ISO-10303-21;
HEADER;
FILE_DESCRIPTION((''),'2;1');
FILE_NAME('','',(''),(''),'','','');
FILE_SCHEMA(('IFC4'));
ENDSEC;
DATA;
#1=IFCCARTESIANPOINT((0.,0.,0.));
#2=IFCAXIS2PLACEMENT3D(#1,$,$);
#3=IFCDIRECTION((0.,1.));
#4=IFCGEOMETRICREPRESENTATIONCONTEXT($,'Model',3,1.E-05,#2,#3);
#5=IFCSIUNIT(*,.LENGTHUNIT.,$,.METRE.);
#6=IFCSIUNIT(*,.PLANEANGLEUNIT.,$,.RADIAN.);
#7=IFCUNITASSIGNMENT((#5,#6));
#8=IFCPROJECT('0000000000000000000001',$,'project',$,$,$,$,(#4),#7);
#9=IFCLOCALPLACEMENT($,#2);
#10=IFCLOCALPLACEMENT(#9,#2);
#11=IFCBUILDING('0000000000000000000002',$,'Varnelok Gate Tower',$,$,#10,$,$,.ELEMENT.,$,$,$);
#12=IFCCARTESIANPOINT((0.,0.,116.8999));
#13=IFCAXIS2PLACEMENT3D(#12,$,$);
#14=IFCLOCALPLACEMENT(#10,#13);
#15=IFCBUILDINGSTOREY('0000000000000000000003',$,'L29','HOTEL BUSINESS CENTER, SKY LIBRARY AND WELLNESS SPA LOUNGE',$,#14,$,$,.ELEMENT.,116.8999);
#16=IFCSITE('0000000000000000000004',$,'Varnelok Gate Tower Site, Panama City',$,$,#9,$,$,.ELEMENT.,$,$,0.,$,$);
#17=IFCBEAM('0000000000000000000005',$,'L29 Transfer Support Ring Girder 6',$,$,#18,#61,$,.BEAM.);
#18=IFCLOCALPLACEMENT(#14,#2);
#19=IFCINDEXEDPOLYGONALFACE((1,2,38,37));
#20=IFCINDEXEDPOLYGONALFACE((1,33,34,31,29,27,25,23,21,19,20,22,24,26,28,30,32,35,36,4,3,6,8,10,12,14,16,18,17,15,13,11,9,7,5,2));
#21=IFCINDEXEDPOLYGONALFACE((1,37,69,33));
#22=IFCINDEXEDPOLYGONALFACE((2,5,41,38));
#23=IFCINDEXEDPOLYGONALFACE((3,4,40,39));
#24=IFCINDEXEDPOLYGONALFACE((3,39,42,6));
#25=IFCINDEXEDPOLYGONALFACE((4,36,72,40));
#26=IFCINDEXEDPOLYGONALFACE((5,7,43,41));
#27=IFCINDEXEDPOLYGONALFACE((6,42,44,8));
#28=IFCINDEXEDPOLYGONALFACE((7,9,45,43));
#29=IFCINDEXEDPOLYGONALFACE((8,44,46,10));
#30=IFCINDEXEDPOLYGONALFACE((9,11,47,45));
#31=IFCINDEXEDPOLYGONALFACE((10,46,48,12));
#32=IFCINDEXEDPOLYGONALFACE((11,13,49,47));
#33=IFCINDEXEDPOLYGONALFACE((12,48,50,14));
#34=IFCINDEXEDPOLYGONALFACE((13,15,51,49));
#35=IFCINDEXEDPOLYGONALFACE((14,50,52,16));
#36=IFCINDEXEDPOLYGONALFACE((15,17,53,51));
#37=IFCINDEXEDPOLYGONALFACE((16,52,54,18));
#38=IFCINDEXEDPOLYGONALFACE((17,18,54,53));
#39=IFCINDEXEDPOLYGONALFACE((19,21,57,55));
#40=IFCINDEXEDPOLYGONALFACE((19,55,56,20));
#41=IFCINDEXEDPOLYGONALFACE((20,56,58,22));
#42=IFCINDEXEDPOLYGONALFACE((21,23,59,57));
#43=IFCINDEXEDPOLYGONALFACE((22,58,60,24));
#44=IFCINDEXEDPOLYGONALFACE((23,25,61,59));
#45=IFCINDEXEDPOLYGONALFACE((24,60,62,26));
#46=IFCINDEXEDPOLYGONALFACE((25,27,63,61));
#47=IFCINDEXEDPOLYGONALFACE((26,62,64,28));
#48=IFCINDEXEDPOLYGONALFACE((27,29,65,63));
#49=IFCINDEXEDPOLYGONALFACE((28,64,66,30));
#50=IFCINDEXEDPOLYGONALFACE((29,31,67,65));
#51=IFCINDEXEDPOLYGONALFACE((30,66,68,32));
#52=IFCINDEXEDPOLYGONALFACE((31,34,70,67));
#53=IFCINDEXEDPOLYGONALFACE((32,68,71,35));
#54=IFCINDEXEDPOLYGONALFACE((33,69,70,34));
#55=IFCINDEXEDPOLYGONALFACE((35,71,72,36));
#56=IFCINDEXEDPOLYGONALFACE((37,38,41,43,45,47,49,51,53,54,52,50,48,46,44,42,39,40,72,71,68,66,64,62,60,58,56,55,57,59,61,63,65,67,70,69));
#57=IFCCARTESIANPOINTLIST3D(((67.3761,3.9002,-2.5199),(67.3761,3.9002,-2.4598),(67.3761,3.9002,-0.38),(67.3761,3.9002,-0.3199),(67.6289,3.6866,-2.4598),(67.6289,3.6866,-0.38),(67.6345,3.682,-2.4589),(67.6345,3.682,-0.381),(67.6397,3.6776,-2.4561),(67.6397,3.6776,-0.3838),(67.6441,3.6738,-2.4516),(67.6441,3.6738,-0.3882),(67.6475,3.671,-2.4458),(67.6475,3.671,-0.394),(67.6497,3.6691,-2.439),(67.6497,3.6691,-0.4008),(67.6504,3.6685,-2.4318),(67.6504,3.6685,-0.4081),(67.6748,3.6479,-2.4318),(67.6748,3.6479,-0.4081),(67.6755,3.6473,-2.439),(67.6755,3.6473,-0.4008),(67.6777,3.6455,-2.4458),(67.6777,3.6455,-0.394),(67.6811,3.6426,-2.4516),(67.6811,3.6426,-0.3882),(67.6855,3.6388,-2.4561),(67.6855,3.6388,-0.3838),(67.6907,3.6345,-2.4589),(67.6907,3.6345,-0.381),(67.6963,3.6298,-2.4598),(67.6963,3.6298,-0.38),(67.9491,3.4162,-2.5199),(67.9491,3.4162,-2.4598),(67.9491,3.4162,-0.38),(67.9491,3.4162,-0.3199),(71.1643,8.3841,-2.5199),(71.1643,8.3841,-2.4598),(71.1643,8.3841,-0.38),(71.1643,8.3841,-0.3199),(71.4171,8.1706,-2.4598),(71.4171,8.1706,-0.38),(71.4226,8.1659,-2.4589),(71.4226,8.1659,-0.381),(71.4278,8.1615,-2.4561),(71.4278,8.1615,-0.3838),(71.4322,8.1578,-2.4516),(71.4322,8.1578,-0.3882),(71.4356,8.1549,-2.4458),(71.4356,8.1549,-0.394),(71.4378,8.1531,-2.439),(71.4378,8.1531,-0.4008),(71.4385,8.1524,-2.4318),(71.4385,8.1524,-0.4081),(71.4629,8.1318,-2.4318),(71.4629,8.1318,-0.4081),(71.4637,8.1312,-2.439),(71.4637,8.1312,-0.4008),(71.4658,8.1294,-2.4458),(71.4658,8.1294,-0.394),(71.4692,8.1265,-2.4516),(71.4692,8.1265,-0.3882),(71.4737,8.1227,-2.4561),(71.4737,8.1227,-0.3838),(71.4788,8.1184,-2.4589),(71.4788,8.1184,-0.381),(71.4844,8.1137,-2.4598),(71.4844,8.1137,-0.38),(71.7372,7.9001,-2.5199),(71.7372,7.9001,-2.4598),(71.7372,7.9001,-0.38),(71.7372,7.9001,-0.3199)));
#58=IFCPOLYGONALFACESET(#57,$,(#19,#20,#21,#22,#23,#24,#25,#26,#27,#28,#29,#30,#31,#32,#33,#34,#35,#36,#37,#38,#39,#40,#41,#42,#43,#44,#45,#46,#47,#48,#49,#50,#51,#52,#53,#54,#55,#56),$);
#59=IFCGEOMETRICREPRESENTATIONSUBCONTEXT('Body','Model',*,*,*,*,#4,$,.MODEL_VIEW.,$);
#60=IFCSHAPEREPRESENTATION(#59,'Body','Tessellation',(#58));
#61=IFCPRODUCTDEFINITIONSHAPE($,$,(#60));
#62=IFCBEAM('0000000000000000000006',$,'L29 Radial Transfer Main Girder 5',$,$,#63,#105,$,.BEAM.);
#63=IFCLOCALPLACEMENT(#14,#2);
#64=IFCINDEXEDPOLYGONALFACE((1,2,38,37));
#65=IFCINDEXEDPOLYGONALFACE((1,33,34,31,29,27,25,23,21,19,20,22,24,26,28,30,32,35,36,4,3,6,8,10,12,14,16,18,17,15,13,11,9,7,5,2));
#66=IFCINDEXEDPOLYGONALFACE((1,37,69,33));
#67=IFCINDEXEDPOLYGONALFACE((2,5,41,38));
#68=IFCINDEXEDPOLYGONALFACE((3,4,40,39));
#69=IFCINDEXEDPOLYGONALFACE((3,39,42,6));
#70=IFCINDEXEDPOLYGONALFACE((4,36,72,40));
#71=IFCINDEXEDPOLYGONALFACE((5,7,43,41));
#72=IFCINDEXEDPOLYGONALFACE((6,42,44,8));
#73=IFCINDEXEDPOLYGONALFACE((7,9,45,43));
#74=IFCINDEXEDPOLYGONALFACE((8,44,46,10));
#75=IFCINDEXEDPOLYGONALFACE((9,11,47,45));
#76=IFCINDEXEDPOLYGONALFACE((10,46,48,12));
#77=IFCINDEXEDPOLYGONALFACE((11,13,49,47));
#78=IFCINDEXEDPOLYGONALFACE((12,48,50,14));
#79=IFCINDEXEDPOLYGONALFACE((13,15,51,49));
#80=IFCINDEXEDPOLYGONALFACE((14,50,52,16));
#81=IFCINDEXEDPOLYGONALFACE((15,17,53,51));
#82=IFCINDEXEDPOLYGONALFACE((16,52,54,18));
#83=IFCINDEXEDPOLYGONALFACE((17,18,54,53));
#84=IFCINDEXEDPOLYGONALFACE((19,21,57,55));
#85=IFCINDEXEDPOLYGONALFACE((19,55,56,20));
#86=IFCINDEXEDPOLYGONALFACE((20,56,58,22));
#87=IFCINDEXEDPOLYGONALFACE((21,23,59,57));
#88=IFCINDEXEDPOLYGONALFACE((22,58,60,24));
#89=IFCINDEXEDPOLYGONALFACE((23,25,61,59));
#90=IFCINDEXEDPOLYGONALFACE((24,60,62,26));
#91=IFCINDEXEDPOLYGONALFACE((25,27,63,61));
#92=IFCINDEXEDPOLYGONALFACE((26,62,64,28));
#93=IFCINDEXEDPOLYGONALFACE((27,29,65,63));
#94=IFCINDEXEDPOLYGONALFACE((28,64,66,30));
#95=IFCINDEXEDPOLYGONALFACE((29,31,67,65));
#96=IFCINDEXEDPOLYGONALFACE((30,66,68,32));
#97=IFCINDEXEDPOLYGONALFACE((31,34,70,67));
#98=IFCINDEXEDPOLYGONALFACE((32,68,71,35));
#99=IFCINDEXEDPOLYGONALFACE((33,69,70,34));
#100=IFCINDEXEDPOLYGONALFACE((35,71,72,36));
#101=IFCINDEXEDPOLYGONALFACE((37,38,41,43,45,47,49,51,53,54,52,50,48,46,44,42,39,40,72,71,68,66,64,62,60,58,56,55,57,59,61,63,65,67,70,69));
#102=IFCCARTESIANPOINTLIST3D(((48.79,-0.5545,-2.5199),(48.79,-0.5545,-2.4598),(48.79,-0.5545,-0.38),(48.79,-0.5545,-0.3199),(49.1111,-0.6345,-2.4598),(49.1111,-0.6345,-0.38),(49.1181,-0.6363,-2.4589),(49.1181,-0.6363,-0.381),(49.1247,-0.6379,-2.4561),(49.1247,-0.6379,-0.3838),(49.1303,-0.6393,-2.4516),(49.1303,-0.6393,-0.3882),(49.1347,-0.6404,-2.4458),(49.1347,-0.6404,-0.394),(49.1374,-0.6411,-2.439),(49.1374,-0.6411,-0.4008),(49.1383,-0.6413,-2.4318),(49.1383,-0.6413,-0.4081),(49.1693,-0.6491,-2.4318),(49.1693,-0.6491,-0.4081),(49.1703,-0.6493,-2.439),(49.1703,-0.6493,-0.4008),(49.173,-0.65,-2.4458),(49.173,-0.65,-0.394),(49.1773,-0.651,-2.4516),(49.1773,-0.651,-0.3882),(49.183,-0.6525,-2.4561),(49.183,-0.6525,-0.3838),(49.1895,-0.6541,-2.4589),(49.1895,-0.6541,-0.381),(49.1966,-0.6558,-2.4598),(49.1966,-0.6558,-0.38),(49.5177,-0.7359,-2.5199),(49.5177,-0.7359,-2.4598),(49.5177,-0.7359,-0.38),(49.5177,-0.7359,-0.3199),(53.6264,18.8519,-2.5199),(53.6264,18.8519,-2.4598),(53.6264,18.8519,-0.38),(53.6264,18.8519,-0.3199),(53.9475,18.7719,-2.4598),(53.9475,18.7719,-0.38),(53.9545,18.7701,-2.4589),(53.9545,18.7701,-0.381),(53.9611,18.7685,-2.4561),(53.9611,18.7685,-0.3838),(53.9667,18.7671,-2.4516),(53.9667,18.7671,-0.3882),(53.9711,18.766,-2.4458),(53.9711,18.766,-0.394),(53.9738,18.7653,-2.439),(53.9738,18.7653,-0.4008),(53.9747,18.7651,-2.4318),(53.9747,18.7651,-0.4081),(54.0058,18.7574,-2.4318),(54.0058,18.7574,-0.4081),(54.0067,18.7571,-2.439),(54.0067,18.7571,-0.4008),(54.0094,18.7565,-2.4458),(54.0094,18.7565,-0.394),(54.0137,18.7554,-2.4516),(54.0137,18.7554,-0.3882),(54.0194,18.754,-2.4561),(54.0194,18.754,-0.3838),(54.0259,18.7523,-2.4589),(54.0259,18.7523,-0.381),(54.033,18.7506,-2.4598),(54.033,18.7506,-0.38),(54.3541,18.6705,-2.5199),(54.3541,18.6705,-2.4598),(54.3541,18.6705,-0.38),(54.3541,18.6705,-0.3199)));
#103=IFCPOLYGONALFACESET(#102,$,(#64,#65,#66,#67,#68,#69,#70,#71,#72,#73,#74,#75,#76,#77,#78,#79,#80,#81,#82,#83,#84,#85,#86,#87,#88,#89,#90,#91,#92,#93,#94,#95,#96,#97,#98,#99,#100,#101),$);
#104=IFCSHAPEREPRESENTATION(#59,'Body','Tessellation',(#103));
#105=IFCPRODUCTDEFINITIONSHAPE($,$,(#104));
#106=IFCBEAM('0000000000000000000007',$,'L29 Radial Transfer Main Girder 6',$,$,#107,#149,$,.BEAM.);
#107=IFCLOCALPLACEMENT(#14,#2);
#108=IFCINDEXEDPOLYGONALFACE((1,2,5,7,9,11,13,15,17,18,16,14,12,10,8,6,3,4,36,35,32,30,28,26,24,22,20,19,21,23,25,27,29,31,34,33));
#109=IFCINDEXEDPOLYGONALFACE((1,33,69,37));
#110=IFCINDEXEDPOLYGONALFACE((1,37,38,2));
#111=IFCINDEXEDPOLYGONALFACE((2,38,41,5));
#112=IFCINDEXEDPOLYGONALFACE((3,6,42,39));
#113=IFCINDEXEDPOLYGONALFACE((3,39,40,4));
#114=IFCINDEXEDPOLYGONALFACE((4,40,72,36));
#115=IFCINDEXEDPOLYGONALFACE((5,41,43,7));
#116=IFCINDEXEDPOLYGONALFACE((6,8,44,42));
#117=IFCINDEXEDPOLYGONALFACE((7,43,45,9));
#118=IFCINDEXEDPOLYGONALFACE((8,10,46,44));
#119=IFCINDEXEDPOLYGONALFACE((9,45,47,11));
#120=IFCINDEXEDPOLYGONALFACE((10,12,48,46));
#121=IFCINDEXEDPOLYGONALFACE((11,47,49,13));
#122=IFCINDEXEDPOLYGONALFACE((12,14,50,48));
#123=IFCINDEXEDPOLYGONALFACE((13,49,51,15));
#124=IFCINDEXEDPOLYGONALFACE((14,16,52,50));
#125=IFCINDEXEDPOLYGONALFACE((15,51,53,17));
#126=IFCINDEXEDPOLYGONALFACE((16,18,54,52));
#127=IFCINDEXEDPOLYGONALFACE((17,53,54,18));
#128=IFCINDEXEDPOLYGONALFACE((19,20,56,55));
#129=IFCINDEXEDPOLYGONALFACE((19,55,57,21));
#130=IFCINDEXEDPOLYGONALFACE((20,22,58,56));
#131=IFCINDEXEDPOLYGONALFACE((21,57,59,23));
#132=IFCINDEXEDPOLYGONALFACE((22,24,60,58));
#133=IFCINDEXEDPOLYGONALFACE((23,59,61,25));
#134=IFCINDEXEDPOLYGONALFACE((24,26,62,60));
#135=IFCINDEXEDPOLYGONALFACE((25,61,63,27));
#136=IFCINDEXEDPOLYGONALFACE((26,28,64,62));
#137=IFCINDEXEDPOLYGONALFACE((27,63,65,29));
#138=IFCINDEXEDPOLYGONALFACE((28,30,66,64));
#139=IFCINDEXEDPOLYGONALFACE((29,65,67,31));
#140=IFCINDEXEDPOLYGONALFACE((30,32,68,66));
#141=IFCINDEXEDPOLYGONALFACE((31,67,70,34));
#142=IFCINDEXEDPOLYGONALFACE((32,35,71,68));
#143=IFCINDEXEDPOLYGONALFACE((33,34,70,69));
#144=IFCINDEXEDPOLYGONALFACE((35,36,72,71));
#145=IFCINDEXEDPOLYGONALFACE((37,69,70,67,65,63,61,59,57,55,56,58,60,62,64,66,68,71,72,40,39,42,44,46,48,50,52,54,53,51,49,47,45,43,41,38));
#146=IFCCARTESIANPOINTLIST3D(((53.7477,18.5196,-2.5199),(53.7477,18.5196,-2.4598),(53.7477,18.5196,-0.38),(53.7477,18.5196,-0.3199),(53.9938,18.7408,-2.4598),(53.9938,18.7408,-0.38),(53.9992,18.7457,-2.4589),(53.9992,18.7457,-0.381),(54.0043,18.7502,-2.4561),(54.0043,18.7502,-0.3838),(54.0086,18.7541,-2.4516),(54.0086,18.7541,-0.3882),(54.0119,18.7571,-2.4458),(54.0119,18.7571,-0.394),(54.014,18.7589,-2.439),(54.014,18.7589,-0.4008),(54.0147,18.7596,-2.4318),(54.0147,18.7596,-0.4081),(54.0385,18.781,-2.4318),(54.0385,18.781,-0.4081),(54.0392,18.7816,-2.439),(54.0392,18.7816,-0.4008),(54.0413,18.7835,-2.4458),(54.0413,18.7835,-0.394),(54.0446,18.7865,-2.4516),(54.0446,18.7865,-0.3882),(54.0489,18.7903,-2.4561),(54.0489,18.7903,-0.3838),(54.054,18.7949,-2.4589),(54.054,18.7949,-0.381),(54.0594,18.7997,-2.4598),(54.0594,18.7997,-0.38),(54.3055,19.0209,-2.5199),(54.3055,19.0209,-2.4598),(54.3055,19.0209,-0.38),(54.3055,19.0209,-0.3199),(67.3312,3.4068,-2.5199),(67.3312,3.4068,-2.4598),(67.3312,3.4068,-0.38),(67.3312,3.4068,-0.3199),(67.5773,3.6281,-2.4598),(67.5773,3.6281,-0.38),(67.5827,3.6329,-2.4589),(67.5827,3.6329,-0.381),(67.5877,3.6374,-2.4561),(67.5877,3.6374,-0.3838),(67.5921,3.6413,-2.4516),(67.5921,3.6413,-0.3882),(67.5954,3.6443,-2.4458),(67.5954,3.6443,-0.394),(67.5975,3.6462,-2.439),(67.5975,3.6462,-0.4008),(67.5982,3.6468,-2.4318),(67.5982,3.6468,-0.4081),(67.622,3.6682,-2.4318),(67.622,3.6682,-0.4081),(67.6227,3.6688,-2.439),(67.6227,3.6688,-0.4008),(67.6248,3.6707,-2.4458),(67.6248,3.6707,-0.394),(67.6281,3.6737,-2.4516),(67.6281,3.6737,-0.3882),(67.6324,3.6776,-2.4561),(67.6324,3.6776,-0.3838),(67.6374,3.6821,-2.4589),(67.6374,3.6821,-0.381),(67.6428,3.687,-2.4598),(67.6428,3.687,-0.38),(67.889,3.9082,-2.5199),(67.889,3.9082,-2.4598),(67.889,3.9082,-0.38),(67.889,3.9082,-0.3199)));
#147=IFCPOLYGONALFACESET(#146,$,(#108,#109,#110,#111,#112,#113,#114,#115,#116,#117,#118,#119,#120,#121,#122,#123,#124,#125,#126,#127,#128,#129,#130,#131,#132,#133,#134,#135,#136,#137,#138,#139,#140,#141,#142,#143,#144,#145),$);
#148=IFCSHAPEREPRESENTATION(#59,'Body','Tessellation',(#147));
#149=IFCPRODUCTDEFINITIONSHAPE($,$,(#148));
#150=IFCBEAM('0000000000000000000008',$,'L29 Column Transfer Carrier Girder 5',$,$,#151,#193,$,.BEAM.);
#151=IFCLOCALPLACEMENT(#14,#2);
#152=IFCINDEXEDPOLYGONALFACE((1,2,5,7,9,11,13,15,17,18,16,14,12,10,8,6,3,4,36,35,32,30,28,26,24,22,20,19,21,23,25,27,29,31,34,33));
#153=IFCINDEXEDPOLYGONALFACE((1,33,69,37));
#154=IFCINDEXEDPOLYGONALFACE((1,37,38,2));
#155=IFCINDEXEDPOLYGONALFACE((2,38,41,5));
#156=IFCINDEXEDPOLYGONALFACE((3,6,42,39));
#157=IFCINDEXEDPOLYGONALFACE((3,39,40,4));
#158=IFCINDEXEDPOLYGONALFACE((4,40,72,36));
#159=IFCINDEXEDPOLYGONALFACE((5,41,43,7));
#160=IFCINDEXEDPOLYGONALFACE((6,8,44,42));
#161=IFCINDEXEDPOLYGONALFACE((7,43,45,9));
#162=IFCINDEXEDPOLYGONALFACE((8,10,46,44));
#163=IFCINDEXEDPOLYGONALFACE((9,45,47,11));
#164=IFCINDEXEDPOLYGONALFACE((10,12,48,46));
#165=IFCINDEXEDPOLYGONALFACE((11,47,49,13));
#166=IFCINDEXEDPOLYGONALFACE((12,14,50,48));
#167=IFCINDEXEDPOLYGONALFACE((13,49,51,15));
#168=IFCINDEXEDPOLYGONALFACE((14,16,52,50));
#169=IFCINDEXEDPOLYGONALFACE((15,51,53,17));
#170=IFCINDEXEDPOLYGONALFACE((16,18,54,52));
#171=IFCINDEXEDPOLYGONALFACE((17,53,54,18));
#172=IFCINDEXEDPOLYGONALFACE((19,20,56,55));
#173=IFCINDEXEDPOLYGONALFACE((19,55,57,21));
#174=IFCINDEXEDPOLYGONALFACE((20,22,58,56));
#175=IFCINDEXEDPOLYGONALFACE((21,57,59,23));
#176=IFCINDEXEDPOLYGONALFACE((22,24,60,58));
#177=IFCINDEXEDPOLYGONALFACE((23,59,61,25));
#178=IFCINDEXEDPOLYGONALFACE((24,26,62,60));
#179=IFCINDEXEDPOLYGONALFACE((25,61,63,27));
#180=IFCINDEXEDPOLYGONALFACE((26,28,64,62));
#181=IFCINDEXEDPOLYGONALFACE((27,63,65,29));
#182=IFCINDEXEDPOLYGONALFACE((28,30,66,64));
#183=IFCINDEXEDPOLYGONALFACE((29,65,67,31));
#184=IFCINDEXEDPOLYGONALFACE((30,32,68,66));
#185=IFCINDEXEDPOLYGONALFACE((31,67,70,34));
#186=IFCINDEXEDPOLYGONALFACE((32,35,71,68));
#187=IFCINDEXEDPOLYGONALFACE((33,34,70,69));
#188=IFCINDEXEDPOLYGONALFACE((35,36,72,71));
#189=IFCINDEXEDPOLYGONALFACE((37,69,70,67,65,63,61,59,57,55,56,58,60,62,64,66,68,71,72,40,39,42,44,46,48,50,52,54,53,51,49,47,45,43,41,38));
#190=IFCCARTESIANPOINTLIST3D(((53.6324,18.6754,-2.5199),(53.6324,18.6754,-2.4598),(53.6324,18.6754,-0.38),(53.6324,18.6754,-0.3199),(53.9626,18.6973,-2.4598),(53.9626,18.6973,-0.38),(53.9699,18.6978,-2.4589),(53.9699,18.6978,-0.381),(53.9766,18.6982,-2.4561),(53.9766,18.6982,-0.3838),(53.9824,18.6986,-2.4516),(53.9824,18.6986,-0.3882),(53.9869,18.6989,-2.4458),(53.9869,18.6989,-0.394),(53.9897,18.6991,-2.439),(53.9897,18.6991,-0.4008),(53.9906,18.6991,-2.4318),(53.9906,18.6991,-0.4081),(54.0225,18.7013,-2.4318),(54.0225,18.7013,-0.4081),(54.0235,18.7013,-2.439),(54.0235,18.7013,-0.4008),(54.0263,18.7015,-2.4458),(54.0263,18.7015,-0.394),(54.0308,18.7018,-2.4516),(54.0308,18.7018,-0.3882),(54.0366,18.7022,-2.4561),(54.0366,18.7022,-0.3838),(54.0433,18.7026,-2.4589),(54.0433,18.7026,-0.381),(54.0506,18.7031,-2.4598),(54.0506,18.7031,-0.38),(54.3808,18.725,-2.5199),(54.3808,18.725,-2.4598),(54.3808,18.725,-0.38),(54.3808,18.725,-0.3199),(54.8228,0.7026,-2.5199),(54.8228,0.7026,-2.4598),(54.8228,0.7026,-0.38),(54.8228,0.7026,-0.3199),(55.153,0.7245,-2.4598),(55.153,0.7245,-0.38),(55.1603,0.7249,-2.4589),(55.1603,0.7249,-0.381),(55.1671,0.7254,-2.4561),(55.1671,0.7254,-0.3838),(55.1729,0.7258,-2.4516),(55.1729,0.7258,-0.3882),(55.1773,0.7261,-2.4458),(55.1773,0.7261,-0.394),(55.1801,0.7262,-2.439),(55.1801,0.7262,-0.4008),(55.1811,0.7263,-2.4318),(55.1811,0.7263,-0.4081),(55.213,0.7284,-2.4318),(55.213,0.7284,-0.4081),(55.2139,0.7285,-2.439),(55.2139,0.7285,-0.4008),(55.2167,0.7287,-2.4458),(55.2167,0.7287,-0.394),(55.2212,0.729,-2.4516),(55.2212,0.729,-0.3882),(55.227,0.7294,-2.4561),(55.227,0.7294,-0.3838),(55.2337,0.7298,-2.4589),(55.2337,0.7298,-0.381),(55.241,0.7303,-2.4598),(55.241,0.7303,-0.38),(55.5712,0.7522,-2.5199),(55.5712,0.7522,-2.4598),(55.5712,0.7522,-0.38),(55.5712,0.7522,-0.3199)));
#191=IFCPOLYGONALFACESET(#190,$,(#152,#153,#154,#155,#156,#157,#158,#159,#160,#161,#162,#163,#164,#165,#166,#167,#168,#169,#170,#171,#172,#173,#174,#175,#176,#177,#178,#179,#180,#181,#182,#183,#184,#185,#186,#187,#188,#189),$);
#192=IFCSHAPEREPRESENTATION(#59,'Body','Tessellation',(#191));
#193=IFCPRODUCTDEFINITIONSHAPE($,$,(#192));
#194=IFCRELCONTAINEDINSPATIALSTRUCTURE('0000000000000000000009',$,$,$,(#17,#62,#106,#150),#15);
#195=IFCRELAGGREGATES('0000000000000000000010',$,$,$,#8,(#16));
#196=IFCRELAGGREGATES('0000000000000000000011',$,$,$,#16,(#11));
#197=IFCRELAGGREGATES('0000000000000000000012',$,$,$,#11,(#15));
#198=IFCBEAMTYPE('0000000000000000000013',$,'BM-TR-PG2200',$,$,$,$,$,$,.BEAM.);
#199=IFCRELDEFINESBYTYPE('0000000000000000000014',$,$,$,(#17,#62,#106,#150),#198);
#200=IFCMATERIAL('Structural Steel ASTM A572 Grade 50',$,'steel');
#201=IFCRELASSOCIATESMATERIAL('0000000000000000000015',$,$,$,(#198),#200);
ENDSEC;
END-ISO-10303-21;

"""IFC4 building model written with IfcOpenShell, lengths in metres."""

from ifc_helpers import new_model, si_unit, direction, frame, origin, origin_2d, place, context, subcontext, project, spatial, i_section, extrude, material, material_profile, profile_set, type_object, element, save


model = new_model("IFC4")

# Units and contexts
model_context = context("Model", 3, precision=1e-05, world=origin(), true_north=direction((0.0, 1.0)))
body_context = subcontext(model_context, "Body", "Model", "MODEL_VIEW")
ifc_project = project(units=[si_unit("LENGTHUNIT", "METRE"), si_unit("PLANEANGLEUNIT", "RADIAN")], contexts=[model_context])

# Site, building, storey
site_placement = place(None, origin())
site = spatial("IfcSite", under=ifc_project, at=site_placement, Name="Varnelok Gate Tower Site, Panama City", CompositionType="ELEMENT", RefElevation=0.0)
building_placement = place(site_placement, origin())
building = spatial("IfcBuilding", under=site, at=building_placement, Name="Varnelok Gate Tower", CompositionType="ELEMENT")
storey_placement = place(building_placement, frame((0.0, 0.0, 116.8999)))
storey = spatial("IfcBuildingStorey", under=building, at=storey_placement, Name="L29", Description="HOTEL BUSINESS CENTER, SKY LIBRARY AND WELLNESS SPA LOUNGE", CompositionType="ELEMENT", Elevation=116.8999)

# Beams
ifc_material_1 = material(Name="Structural Steel ASTM A572 Grade 50", Category="steel")
ifc_material_profile_1 = material_profile(ifc_material_1, i_section(OverallWidth=0.75, OverallDepth=2.2, WebThickness=0.032, FlangeThickness=0.0601, FilletRadius=0.0281, at=origin_2d()), Name="PG2200X750")
ifc_profile_set_1 = profile_set([ifc_material_profile_1], Name="Structural Steel ASTM A572 Grade 50")
beam_type = type_object("IfcBeamType", Name="BM-TR-PG2200", PredefinedType="BEAM", material=ifc_profile_set_1)
beam_1_placement = place(storey_placement, frame((67.6626, 3.6582, -1.4199), z_axis=(0.645349, 0.763888, 0.0), x_axis=(-0.763888, 0.645349, 0.0)))
element("IfcBeam", 1, at=beam_1_placement, inside=storey, type_object=beam_type, Name="L29 Transfer Support Ring Girder 6", PredefinedType="BEAM", context=body_context, shape_type="SweptSolid", body=[
    extrude(i_section(OverallWidth=0.75, OverallDepth=2.2, WebThickness=0.032, FlangeThickness=0.0601, FilletRadius=0.0281, at=origin_2d()), origin(), (0.0, 0.0, 1.0), 5.8699),
])
beam_2_placement = place(storey_placement, frame((53.9902, 18.7612, -1.4199), z_axis=(-0.24182, -0.970321, 0.0), x_axis=(0.970321, -0.24182, 0.0)))
element("IfcBeam", 2, at=beam_2_placement, inside=storey, type_object=beam_type, Name="L29 Radial Transfer Main Girder 5", PredefinedType="BEAM", context=body_context, shape_type="SweptSolid", body=[
    extrude(i_section(OverallWidth=0.75, OverallDepth=2.2, WebThickness=0.032, FlangeThickness=0.0601, FilletRadius=0.0281, at=origin_2d()), origin(), (0.0, 0.0, 1.0), 20.0),
])
beam_3_placement = place(storey_placement, frame((54.0266, 18.7703, -1.4199), z_axis=(0.668475, -0.743735, 0.0), x_axis=(0.743735, 0.668475, 0.0)))
element("IfcBeam", 3, at=beam_3_placement, inside=storey, type_object=beam_type, Name="L29 Radial Transfer Main Girder 6", PredefinedType="BEAM", context=body_context, shape_type="SweptSolid", body=[
    extrude(i_section(OverallWidth=0.75, OverallDepth=2.2, WebThickness=0.032, FlangeThickness=0.0601, FilletRadius=0.0281, at=origin_2d()), origin(), (0.0, 0.0, 1.0), 20.3201),
])
beam_4_placement = place(storey_placement, frame((54.0066, 18.7002, -1.4199), z_axis=(0.06609, -0.997814, 0.0), x_axis=(0.997814, 0.06609, 0.0)))
element("IfcBeam", 4, at=beam_4_placement, inside=storey, type_object=beam_type, Name="L29 Column Transfer Carrier Girder 5", PredefinedType="BEAM", context=body_context, shape_type="SweptSolid", body=[
    extrude(i_section(OverallWidth=0.75, OverallDepth=2.2, WebThickness=0.032, FlangeThickness=0.0601, FilletRadius=0.0281, at=origin_2d()), origin(), (0.0, 0.0, 1.0), 18.0122),
])

save(model, "model.ifc")
